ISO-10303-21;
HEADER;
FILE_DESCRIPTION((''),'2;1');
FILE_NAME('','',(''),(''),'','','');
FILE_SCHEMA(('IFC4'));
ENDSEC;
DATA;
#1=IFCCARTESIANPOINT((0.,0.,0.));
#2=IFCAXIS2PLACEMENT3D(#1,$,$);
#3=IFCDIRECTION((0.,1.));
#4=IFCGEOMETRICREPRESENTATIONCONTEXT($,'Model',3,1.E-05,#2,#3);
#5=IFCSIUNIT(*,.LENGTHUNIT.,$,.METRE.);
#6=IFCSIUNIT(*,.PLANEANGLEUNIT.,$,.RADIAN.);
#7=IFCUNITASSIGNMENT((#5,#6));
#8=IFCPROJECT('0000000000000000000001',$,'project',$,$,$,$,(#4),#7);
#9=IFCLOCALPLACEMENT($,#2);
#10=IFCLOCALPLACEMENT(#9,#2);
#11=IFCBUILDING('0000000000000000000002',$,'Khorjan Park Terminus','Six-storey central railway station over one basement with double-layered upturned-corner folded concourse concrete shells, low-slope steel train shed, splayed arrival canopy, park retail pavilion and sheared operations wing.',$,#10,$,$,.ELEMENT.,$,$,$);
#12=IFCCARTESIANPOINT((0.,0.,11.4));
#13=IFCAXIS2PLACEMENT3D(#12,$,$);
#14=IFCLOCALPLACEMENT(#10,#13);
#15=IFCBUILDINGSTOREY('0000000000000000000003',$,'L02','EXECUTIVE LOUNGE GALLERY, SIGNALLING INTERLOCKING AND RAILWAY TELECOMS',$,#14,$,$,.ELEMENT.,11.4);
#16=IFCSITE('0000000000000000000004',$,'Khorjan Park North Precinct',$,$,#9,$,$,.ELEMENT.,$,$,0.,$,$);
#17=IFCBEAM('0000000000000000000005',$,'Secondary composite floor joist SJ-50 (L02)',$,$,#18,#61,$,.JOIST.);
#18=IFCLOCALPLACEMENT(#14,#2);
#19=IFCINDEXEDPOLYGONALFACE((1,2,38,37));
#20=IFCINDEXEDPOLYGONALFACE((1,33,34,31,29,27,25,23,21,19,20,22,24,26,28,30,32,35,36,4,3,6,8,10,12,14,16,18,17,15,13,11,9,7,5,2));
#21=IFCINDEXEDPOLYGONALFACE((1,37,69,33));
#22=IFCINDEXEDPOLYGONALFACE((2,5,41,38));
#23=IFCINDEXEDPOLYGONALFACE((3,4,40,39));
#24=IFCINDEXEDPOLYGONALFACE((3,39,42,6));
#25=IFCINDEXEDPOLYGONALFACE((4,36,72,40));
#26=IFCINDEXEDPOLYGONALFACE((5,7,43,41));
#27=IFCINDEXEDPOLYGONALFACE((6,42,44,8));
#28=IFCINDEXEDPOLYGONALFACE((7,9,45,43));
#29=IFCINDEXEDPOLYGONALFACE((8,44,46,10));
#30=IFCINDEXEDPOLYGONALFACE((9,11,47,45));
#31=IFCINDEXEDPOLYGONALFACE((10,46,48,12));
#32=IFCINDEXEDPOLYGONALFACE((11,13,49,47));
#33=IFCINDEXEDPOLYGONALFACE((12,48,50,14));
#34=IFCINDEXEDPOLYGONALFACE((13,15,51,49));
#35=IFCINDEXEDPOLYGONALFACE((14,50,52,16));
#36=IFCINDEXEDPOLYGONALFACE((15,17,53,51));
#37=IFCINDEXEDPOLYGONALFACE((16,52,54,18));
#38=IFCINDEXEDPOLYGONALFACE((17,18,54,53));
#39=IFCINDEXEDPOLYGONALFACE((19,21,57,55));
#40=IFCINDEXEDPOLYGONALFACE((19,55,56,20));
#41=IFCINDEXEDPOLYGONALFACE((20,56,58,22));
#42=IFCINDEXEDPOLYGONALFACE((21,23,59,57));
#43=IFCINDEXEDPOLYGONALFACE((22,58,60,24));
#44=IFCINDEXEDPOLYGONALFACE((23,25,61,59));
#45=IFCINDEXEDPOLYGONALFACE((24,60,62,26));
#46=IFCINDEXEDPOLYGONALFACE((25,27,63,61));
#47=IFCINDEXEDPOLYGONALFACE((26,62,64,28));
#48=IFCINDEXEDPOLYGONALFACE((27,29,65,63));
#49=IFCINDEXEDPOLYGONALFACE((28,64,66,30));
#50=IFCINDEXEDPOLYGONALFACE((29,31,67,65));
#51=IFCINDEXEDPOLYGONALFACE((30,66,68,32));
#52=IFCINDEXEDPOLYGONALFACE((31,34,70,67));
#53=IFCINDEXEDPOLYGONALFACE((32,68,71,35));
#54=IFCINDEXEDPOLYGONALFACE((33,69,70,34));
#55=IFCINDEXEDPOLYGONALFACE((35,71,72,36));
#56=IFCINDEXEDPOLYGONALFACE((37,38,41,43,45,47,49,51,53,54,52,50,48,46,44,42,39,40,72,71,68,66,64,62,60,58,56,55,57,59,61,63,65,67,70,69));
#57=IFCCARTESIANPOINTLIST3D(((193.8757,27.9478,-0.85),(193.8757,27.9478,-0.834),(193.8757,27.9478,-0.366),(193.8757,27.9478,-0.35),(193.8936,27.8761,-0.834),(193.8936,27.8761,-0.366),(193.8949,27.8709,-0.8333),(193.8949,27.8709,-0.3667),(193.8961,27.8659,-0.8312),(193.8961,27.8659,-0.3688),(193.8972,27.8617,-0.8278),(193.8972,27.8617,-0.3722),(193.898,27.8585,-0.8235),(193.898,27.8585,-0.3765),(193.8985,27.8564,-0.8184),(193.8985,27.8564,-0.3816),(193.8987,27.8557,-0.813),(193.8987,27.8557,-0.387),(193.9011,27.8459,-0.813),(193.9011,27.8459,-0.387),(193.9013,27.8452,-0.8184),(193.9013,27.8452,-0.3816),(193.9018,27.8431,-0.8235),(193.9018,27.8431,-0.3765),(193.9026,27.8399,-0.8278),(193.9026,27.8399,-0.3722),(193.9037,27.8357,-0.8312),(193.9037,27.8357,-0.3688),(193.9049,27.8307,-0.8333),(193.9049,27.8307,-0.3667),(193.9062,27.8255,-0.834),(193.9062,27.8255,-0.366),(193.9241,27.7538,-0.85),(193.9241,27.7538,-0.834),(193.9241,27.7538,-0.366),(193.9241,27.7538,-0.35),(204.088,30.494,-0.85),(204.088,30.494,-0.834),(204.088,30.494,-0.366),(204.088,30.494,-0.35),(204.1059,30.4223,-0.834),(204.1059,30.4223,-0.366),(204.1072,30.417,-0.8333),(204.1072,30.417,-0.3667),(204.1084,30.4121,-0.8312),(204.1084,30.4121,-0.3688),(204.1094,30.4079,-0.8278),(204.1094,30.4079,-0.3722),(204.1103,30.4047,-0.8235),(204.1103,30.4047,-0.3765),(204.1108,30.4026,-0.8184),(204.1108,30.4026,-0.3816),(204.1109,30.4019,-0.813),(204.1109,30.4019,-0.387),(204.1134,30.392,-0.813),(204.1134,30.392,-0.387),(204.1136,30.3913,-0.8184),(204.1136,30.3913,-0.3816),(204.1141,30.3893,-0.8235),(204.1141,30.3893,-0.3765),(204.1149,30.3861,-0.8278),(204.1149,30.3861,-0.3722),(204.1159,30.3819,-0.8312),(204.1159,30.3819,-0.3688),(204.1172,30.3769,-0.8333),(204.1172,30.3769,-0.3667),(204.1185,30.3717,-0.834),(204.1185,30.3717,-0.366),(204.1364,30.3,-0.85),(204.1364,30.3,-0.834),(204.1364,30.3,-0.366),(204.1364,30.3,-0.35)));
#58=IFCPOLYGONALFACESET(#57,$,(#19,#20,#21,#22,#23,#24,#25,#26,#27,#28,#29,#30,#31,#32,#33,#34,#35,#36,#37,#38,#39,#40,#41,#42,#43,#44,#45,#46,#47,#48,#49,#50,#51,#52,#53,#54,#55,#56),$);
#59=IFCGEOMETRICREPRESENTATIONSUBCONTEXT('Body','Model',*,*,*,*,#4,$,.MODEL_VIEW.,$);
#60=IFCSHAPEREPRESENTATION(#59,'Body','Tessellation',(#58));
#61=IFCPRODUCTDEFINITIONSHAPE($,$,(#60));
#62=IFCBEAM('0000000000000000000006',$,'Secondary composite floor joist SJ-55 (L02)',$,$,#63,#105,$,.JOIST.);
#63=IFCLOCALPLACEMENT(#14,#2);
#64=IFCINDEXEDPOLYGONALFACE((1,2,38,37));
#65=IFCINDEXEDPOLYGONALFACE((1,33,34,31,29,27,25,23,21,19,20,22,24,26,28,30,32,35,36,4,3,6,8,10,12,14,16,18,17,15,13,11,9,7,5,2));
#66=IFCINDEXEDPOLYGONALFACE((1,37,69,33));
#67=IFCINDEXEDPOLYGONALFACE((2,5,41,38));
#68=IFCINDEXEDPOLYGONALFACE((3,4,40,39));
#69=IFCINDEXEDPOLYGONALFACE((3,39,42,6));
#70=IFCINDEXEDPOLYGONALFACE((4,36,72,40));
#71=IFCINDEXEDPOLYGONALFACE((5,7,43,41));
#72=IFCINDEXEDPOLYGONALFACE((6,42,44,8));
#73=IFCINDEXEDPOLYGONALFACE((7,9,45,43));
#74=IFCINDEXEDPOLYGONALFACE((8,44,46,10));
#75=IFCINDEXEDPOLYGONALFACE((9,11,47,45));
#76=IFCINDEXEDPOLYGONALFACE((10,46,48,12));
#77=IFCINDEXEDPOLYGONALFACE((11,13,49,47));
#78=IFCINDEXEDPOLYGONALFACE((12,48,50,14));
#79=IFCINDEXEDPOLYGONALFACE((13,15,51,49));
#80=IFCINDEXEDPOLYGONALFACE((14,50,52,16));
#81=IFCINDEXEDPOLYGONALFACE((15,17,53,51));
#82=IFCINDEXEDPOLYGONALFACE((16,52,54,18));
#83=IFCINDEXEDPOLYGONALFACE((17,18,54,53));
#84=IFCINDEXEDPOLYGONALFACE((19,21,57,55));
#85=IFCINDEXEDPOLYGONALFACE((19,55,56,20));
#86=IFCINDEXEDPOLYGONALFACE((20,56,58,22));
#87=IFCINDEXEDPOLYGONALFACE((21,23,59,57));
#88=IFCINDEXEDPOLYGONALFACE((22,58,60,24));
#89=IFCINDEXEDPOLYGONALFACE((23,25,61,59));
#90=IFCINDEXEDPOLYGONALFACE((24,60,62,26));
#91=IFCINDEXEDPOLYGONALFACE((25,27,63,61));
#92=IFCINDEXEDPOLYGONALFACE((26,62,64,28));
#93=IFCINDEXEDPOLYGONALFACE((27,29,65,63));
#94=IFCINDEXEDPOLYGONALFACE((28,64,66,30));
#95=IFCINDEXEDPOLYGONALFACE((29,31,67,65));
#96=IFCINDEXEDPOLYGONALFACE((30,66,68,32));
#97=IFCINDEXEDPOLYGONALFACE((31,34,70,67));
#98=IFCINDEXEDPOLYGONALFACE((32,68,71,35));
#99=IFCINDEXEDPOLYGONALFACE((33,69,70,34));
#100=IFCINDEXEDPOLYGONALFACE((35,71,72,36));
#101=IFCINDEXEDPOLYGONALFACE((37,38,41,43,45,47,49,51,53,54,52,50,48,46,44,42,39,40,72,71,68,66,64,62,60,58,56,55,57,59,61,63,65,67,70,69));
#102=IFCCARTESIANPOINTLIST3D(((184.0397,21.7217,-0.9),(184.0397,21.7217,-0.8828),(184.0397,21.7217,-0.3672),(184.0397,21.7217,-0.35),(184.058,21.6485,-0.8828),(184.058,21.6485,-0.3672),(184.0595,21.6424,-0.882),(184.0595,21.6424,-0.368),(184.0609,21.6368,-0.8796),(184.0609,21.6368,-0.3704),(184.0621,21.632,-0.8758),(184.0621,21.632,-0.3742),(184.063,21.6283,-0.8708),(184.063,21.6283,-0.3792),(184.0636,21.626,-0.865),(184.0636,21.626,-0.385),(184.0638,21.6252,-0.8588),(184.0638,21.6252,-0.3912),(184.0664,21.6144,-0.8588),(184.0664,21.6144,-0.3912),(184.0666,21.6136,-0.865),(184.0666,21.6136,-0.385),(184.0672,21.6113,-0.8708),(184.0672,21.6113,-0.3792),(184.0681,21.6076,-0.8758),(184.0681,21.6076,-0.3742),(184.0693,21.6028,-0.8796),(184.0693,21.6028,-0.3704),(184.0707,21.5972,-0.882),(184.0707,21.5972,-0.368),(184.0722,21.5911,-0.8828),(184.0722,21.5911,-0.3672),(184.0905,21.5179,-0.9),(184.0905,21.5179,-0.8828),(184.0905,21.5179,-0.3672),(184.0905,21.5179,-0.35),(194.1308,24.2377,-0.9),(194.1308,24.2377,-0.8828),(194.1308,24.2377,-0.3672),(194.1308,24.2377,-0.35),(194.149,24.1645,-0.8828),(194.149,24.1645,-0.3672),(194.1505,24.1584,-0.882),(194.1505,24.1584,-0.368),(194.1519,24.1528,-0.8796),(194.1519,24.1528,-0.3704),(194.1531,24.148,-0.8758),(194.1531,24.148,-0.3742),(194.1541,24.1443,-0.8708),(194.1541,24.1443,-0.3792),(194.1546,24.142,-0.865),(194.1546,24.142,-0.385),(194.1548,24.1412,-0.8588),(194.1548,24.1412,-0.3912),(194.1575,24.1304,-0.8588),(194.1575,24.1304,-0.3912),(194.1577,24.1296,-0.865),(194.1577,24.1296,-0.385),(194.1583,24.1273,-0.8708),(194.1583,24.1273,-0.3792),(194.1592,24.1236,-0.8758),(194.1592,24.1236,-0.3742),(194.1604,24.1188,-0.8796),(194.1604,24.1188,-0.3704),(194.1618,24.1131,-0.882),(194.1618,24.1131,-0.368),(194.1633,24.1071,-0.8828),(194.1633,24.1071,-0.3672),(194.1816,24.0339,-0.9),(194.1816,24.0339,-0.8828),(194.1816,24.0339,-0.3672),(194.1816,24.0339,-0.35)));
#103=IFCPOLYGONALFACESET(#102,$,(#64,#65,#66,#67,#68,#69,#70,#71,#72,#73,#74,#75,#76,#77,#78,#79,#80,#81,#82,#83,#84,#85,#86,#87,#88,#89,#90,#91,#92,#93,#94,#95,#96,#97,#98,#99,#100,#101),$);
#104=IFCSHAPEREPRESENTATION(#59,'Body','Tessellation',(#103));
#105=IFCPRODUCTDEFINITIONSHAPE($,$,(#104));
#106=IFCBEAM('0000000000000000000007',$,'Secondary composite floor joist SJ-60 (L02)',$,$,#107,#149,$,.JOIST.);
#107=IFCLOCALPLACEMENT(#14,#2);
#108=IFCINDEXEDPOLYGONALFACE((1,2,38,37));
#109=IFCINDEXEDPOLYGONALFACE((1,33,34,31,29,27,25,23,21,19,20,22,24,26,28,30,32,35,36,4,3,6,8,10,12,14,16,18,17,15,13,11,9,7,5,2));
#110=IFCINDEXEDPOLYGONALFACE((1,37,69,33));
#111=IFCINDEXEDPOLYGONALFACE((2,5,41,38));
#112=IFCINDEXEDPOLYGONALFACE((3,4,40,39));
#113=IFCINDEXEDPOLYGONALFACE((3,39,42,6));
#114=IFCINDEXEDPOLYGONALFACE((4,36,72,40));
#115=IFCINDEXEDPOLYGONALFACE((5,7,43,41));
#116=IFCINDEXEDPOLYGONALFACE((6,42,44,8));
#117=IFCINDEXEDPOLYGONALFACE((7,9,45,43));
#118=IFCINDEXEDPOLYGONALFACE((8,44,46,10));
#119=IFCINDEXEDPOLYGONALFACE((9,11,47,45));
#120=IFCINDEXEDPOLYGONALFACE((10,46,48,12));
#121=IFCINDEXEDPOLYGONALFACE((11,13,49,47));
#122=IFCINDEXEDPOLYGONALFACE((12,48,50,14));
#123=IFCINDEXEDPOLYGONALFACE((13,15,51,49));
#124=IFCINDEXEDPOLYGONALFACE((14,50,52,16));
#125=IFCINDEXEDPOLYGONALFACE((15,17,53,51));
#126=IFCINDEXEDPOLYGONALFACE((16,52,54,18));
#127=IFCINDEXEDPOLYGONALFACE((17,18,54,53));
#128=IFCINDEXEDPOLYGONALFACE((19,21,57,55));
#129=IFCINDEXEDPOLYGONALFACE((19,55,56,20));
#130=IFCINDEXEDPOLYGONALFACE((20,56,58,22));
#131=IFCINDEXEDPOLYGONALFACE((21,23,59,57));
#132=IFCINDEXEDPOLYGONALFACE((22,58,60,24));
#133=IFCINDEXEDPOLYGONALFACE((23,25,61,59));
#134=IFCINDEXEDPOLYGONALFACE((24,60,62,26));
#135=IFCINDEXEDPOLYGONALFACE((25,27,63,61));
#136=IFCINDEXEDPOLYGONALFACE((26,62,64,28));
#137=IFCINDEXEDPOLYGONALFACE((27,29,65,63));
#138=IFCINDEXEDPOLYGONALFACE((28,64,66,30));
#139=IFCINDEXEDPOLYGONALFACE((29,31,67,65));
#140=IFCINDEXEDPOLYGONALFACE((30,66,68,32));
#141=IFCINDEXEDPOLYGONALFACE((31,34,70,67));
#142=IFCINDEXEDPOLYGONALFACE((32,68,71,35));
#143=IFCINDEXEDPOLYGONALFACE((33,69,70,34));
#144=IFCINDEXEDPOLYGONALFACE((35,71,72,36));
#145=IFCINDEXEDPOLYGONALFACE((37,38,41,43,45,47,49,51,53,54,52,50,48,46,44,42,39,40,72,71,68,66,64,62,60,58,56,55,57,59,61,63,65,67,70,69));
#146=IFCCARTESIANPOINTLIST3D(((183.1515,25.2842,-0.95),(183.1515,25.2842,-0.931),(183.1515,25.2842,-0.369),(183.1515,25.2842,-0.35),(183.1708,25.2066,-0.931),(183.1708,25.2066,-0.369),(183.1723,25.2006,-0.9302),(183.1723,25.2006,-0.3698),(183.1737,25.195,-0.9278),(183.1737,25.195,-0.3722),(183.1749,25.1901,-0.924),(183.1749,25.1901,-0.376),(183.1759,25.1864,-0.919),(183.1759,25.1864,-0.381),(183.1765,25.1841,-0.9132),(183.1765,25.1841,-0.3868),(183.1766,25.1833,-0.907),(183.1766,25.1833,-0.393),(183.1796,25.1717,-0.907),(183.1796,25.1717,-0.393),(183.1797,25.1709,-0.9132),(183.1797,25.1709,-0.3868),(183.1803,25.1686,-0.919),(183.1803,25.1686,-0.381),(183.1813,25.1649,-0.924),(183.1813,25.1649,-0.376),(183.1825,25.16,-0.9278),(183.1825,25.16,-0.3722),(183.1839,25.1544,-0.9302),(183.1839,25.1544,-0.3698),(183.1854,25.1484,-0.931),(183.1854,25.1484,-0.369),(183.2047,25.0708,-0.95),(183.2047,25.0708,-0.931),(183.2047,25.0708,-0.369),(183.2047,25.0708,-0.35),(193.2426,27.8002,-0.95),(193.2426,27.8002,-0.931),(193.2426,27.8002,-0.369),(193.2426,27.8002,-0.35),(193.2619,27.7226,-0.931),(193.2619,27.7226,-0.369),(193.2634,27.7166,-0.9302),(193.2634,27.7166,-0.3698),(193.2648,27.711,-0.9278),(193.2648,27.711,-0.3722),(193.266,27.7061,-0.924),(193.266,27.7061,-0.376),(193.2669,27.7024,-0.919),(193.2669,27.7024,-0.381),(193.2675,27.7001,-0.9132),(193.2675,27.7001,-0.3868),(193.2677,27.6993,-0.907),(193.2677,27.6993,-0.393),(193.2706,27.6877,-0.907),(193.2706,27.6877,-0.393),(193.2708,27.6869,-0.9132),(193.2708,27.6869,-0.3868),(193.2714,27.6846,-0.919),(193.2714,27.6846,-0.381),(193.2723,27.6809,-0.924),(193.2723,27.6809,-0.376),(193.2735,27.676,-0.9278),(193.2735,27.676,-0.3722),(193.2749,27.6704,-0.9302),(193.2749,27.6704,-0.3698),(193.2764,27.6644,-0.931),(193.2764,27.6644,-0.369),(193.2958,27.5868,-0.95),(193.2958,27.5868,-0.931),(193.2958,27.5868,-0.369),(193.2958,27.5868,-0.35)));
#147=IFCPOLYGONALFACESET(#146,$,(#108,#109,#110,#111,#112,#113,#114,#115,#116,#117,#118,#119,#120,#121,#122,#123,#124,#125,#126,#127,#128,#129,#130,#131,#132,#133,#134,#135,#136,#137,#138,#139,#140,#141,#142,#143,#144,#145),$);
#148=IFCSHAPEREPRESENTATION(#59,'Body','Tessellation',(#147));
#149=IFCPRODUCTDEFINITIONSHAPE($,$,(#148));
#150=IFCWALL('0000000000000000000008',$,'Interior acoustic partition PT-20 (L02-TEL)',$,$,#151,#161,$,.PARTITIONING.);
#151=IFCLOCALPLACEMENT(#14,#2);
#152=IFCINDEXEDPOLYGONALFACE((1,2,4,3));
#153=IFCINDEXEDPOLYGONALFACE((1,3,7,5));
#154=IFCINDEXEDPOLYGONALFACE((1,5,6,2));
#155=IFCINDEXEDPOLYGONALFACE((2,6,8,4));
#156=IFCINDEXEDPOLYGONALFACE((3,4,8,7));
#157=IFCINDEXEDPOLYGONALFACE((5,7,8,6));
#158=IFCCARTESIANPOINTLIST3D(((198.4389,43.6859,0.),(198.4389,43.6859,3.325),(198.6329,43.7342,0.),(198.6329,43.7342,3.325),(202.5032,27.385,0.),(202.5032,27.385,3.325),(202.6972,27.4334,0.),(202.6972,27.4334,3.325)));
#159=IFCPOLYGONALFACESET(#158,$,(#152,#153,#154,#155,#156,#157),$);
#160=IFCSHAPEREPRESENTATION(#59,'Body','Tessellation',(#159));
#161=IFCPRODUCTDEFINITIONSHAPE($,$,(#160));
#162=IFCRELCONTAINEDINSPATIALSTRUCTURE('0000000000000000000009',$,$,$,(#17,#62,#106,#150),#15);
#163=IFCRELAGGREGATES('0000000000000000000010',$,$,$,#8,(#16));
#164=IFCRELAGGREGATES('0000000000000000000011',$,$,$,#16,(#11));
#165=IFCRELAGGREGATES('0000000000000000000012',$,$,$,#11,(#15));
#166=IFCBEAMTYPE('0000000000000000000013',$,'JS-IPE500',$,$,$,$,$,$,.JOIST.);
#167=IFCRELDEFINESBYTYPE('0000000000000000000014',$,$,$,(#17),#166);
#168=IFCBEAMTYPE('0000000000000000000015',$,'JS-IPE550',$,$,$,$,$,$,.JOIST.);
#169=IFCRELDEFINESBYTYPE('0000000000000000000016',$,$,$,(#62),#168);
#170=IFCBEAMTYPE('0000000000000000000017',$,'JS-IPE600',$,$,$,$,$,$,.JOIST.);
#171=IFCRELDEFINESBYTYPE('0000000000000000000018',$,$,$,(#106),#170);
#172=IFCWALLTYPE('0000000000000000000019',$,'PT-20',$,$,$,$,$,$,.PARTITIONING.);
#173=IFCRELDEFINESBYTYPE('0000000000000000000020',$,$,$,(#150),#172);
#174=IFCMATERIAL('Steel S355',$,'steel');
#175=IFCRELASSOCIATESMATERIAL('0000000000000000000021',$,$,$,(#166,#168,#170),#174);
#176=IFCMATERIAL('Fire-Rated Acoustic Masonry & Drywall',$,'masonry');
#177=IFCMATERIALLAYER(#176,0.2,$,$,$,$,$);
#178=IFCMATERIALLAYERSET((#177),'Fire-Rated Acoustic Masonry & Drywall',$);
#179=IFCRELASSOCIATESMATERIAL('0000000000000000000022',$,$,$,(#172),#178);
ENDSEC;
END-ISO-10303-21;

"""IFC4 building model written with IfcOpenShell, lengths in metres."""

from ifc_helpers import new_model, si_unit, direction, frame, frame_2d, origin, origin_2d, place, context, subcontext, project, spatial, rectangle, i_section, extrude, material, layer, layer_set, material_profile, profile_set, type_object, element, save


model = new_model("IFC4")

# Units and contexts
model_context = context("Model", 3, precision=1e-05, world=origin(), true_north=direction((0.0, 1.0)))
body_context = subcontext(model_context, "Body", "Model", "MODEL_VIEW")
ifc_project = project(units=[si_unit("LENGTHUNIT", "METRE"), si_unit("PLANEANGLEUNIT", "RADIAN")], contexts=[model_context])

# Site, building, storey
site_placement = place(None, origin())
site = spatial("IfcSite", under=ifc_project, at=site_placement, Name="Khorjan Park North Precinct", CompositionType="ELEMENT", RefElevation=0.0)
building_placement = place(site_placement, origin())
building = spatial("IfcBuilding", under=site, at=building_placement, Name="Khorjan Park Terminus", Description="Six-storey central railway station over one basement with double-layered upturned-corner folded concourse concrete shells, low-slope steel train shed, splayed arrival canopy, park retail pavilion and sheared operations wing.", CompositionType="ELEMENT")
storey_placement = place(building_placement, frame((0.0, 0.0, 11.4)))
storey = spatial("IfcBuildingStorey", under=building, at=storey_placement, Name="L02", Description="EXECUTIVE LOUNGE GALLERY, SIGNALLING INTERLOCKING AND RAILWAY TELECOMS", CompositionType="ELEMENT", Elevation=11.4)

# Beams
ifc_material_1 = material(Name="Steel S355", Category="steel")
ifc_material_profile_1 = material_profile(ifc_material_1, i_section(OverallWidth=0.2, OverallDepth=0.5, WebThickness=0.0102, FlangeThickness=0.016, FilletRadius=0.021, at=origin_2d()), Name="IPE 500")
ifc_profile_set_1 = profile_set([ifc_material_profile_1], Name="Steel S355")
beam_type_1 = type_object("IfcBeamType", Name="JS-IPE500", PredefinedType="JOIST", material=ifc_profile_set_1)
beam_1_placement = place(storey_placement, frame((193.8999, 27.8508, -0.6), z_axis=(0.970296, 0.241921, 0.0), x_axis=(-0.241921, 0.970296, 0.0)))
element("IfcBeam", 1, at=beam_1_placement, inside=storey, type_object=beam_type_1, Name="Secondary composite floor joist SJ-50 (L02)", PredefinedType="JOIST", context=body_context, shape_type="SweptSolid", body=[
    extrude(i_section(OverallWidth=0.2, OverallDepth=0.5, WebThickness=0.0102, FlangeThickness=0.016, FilletRadius=0.021, at=origin_2d()), origin(), (0.0, 0.0, 1.0), 10.5249),
])
ifc_material_profile_2 = material_profile(ifc_material_1, i_section(OverallWidth=0.21, OverallDepth=0.55, WebThickness=0.0111, FlangeThickness=0.0172, FilletRadius=0.024, at=origin_2d()), Name="IPE 550")
ifc_profile_set_2 = profile_set([ifc_material_profile_2], Name="Steel S355")
beam_type_2 = type_object("IfcBeamType", Name="JS-IPE550", PredefinedType="JOIST", material=ifc_profile_set_2)
beam_2_placement = place(storey_placement, frame((184.0651, 21.6198, -0.625), z_axis=(0.970296, 0.241922, 0.0), x_axis=(-0.241922, 0.970296, 0.0)))
element("IfcBeam", 2, at=beam_2_placement, inside=storey, type_object=beam_type_2, Name="Secondary composite floor joist SJ-55 (L02)", PredefinedType="JOIST", context=body_context, shape_type="SweptSolid", body=[
    extrude(i_section(OverallWidth=0.21, OverallDepth=0.55, WebThickness=0.0111, FlangeThickness=0.0172, FilletRadius=0.024, at=origin_2d()), origin(), (0.0, 0.0, 1.0), 10.4),
])
ifc_material_profile_3 = material_profile(ifc_material_1, i_section(OverallWidth=0.22, OverallDepth=0.6, WebThickness=0.012, FlangeThickness=0.019, FilletRadius=0.024, at=origin_2d()), Name="IPE 600")
ifc_profile_set_3 = profile_set([ifc_material_profile_3], Name="Steel S355")
beam_type_3 = type_object("IfcBeamType", Name="JS-IPE600", PredefinedType="JOIST", material=ifc_profile_set_3)
beam_3_placement = place(storey_placement, frame((183.1781, 25.1775, -0.65), z_axis=(0.970296, 0.241922, 0.0), x_axis=(-0.241922, 0.970296, 0.0)))
element("IfcBeam", 3, at=beam_3_placement, inside=storey, type_object=beam_type_3, Name="Secondary composite floor joist SJ-60 (L02)", PredefinedType="JOIST", context=body_context, shape_type="SweptSolid", body=[
    extrude(i_section(OverallWidth=0.22, OverallDepth=0.6, WebThickness=0.012, FlangeThickness=0.019, FilletRadius=0.024, at=origin_2d()), origin(), (0.0, 0.0, 1.0), 10.4),
])

# Wall
ifc_material_2 = material(Name="Fire-Rated Acoustic Masonry & Drywall", Category="masonry")
ifc_layer = layer(ifc_material_2, 0.2)
ifc_layer_set = layer_set([ifc_layer], Name="Fire-Rated Acoustic Masonry & Drywall")
wall_type = type_object("IfcWallType", Name="PT-20", PredefinedType="PARTITIONING", material=ifc_layer_set)
wall_placement = place(storey_placement, frame((198.5359, 43.7101, 0.0), z_axis=(0.0, 0.0, 1.0), x_axis=(0.241924, -0.970295, 0.0)))
element("IfcWall", 4, at=wall_placement, inside=storey, type_object=wall_type, Name="Interior acoustic partition PT-20 (L02-TEL)", PredefinedType="PARTITIONING", context=body_context, shape_type="SweptSolid", body=[
    extrude(rectangle(XDim=16.7999, YDim=0.2, at=frame_2d((8.4, 0.0))), origin(), (0.0, 0.0, 1.0), 3.325),
])

save(model, "model.ifc")
